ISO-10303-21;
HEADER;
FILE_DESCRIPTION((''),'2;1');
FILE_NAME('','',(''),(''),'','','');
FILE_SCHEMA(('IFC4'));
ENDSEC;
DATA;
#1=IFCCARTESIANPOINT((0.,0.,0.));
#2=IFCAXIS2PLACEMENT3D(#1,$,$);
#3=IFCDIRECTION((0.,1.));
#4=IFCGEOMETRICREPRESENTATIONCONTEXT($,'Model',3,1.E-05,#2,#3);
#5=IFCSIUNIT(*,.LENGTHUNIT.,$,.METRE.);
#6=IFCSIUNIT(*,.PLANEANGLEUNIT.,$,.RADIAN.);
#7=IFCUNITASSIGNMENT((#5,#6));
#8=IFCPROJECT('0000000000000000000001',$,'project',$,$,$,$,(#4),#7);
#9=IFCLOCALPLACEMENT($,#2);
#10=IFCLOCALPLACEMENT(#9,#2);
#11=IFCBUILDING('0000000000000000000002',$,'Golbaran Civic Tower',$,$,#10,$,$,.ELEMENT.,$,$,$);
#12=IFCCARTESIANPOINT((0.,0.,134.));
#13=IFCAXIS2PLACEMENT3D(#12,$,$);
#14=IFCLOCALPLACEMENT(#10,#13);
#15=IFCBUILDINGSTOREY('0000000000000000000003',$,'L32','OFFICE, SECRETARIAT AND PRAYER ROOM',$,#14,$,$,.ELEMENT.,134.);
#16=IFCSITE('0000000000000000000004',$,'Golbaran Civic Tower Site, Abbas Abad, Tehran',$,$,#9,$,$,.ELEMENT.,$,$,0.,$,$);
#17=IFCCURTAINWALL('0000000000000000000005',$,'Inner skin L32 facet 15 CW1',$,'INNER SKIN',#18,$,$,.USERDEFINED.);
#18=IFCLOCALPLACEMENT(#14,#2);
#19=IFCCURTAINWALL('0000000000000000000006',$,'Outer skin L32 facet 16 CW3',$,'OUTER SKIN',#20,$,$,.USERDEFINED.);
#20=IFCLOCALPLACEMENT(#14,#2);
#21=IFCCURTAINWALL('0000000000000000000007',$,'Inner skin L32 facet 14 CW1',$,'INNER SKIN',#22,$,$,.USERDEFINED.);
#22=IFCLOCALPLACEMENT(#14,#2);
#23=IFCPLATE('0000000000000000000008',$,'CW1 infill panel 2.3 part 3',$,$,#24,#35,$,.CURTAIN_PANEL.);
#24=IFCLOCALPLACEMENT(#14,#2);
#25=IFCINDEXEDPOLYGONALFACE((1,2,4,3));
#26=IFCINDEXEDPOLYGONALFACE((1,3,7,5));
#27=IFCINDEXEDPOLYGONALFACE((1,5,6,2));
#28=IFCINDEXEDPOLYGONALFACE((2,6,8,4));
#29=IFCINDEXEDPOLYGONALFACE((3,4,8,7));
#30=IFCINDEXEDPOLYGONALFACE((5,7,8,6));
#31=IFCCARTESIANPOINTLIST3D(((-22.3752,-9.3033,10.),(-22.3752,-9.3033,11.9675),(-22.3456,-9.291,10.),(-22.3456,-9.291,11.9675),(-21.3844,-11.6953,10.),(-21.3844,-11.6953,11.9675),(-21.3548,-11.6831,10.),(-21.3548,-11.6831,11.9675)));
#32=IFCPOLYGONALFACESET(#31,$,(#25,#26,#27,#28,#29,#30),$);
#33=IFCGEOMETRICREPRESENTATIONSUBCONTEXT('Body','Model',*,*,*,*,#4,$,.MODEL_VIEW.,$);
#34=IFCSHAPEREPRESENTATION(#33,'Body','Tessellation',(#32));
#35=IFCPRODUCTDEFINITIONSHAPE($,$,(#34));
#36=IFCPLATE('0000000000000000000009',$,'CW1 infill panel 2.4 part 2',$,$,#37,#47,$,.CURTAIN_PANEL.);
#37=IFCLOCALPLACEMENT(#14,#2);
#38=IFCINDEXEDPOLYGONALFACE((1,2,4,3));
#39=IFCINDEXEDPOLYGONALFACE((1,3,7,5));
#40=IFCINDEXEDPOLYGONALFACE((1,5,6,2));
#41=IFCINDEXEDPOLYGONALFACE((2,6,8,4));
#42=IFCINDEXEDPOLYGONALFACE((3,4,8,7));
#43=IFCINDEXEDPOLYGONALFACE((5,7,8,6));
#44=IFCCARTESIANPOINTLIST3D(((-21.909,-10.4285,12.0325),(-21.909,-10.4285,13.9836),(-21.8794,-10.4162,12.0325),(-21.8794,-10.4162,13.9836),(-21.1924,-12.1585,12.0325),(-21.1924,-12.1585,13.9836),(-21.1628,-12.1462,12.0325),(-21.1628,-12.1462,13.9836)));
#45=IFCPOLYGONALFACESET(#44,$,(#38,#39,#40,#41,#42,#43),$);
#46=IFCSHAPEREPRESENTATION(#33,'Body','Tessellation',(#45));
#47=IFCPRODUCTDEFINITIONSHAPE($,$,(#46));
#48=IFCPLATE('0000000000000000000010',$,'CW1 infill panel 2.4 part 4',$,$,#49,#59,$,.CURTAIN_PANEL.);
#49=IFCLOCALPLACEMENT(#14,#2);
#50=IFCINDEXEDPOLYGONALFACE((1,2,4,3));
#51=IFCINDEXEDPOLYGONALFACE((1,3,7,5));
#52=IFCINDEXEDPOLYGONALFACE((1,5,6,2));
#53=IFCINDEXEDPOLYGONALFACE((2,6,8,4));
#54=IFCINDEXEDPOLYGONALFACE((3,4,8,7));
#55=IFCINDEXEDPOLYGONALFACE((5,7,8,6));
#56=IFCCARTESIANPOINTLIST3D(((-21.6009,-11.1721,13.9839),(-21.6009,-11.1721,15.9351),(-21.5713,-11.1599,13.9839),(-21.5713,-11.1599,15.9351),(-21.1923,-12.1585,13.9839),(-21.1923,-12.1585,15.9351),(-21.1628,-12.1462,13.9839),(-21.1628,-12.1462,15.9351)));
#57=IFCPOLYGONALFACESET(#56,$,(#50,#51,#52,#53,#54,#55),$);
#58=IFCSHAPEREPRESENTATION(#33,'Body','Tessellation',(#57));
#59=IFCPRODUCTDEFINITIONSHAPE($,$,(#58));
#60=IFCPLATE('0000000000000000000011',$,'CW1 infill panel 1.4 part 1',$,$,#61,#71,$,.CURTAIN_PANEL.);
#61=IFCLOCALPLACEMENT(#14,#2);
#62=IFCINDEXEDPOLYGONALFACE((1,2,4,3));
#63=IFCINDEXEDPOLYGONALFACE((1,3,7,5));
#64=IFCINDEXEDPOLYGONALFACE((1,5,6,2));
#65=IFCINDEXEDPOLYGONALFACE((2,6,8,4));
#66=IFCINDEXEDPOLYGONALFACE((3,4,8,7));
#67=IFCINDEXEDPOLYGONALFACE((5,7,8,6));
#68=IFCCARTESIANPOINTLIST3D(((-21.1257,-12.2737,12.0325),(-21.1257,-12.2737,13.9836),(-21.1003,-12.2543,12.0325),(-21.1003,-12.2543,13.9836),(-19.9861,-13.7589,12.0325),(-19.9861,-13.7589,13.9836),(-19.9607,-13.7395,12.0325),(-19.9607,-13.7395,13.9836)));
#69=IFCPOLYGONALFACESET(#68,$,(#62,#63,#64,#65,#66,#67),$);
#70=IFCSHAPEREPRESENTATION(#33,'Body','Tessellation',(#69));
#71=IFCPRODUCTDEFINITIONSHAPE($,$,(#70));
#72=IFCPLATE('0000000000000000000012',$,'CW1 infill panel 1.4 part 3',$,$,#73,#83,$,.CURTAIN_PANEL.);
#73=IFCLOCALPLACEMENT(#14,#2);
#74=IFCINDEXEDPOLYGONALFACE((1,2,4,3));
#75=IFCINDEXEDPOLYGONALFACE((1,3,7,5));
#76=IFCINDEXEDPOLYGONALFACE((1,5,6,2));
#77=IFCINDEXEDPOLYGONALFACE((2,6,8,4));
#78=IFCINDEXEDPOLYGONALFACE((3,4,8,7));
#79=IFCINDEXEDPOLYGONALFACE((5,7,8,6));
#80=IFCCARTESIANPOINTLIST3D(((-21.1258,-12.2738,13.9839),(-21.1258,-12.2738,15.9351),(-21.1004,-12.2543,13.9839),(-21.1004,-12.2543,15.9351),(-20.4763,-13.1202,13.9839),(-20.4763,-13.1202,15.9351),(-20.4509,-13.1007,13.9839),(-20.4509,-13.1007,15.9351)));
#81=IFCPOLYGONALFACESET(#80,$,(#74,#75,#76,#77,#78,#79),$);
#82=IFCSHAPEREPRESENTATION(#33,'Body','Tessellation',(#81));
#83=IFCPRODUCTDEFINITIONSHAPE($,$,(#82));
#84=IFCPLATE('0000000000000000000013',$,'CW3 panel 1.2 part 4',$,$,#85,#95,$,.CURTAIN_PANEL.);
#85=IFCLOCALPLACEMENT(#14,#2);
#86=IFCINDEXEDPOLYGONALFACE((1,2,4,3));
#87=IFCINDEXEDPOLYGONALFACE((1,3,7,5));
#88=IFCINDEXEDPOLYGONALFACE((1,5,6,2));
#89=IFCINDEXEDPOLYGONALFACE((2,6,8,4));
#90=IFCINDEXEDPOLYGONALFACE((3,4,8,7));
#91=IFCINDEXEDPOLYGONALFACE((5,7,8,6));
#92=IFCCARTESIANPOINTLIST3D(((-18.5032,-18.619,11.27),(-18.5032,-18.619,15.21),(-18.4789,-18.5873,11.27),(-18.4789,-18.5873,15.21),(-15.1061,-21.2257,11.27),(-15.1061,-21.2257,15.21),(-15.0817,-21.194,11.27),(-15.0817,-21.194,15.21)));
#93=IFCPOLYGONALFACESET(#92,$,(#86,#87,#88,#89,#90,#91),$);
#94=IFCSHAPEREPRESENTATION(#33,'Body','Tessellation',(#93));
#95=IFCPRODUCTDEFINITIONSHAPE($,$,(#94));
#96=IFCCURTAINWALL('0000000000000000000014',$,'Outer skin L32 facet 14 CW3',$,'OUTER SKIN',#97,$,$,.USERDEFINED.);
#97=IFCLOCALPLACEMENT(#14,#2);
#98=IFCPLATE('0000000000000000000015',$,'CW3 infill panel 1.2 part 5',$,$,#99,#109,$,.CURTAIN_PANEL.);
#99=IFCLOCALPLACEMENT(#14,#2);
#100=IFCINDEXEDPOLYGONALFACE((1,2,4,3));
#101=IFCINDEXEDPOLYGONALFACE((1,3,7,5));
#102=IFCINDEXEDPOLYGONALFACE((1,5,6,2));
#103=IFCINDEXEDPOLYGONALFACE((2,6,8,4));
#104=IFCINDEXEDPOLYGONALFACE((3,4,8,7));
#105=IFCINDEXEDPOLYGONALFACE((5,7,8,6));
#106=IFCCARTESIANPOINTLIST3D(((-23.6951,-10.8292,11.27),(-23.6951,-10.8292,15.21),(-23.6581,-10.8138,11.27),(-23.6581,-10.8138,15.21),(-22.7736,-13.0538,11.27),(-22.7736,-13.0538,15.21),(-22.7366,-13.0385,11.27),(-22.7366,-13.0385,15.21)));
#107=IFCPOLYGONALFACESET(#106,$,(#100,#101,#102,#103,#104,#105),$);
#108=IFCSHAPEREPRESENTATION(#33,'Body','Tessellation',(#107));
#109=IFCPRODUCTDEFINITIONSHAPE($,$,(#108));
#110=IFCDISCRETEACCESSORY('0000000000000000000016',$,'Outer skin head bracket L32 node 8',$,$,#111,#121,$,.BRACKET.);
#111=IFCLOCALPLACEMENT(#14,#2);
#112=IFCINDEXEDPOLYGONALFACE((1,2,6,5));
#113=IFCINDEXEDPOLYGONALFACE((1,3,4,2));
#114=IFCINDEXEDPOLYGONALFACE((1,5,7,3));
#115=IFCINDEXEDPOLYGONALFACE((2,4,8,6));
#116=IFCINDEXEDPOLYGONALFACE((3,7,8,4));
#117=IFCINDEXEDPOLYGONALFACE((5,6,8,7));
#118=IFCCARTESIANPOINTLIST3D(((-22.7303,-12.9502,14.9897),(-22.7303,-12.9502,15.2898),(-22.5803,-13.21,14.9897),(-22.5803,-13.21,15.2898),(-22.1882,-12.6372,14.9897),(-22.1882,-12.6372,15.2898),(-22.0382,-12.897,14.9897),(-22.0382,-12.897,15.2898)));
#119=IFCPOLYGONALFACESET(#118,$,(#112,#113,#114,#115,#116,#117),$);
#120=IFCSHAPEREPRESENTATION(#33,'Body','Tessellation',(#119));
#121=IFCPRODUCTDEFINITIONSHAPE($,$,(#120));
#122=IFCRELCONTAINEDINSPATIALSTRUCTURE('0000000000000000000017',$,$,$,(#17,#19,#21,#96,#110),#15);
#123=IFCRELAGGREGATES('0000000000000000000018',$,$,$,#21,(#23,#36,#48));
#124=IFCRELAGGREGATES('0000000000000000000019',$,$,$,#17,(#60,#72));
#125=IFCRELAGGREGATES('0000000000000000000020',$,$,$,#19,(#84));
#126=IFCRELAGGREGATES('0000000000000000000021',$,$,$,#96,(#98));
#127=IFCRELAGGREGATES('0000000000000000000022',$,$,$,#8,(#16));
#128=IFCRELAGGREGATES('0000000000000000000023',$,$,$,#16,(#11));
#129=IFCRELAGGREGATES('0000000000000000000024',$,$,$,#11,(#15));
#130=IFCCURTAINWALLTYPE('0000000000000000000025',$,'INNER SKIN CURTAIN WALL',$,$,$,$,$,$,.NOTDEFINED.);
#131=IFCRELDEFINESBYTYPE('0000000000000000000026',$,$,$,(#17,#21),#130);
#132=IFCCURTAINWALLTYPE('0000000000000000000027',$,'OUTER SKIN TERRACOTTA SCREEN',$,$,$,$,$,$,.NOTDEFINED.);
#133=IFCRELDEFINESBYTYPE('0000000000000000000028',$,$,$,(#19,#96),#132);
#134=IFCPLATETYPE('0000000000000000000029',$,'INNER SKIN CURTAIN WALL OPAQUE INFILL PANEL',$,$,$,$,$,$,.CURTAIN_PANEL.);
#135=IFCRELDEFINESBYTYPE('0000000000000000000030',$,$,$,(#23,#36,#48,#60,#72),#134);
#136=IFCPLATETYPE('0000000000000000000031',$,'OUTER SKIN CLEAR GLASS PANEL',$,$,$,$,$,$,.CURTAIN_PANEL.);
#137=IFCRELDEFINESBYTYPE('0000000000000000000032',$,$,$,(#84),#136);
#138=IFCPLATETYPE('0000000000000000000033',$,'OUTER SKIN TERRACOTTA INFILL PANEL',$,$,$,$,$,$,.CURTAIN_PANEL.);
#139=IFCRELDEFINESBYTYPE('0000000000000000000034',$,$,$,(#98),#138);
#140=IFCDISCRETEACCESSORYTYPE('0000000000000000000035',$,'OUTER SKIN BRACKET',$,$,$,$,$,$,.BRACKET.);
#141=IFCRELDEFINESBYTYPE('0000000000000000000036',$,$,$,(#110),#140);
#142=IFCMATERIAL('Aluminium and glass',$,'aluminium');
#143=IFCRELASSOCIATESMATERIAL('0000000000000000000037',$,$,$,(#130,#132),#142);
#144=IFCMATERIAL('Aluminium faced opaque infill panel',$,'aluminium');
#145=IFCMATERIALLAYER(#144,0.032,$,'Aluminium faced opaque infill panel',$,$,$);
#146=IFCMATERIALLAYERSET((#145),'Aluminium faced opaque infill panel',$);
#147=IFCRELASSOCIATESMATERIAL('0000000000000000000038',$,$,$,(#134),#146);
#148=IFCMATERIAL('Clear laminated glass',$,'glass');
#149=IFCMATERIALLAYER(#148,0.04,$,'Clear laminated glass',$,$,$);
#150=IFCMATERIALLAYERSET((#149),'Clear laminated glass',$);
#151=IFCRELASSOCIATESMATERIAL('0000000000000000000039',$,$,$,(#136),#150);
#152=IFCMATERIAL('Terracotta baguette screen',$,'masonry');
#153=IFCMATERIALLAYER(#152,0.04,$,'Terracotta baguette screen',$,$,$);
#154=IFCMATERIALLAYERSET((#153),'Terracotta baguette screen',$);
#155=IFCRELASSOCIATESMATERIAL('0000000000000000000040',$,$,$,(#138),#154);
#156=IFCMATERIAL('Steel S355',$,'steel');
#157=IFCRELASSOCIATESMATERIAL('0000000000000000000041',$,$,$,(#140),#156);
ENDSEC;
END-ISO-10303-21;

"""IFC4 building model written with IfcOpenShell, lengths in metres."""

from ifc_helpers import new_model, si_unit, direction, frame, origin, origin_2d, place, context, subcontext, project, spatial, rectangle, extrude, material, layer, layer_set, type_object, element, aggregate, save


model = new_model("IFC4")

# Units and contexts
model_context = context("Model", 3, precision=1e-05, world=origin(), true_north=direction((0.0, 1.0)))
body_context = subcontext(model_context, "Body", "Model", "MODEL_VIEW")
ifc_project = project(units=[si_unit("LENGTHUNIT", "METRE"), si_unit("PLANEANGLEUNIT", "RADIAN")], contexts=[model_context])

# Site, building, storey
site_placement = place(None, origin())
site = spatial("IfcSite", under=ifc_project, at=site_placement, Name="Golbaran Civic Tower Site, Abbas Abad, Tehran", CompositionType="ELEMENT", RefElevation=0.0)
building_placement = place(site_placement, origin())
building = spatial("IfcBuilding", under=site, at=building_placement, Name="Golbaran Civic Tower", CompositionType="ELEMENT")
storey_placement = place(building_placement, frame((0.0, 0.0, 134.0)))
storey = spatial("IfcBuildingStorey", under=building, at=storey_placement, Name="L32", Description="OFFICE, SECRETARIAT AND PRAYER ROOM", CompositionType="ELEMENT", Elevation=134.0)

# Curtain wall
ifc_material_1 = material(Name="Aluminium and glass", Category="aluminium")
curtain_wall_type_1 = type_object("IfcCurtainWallType", Name="INNER SKIN CURTAIN WALL", PredefinedType="NOTDEFINED", material=ifc_material_1)
curtain_wall_1_placement = place(storey_placement, origin())
curtain_wall_1 = element("IfcCurtainWall", 1, at=curtain_wall_1_placement, inside=storey, type_object=curtain_wall_type_1, Name="Inner skin L32 facet 15 CW1", ObjectType="INNER SKIN", PredefinedType="USERDEFINED")

# Curtain wall
curtain_wall_type_2 = type_object("IfcCurtainWallType", Name="OUTER SKIN TERRACOTTA SCREEN", PredefinedType="NOTDEFINED", material=ifc_material_1)
curtain_wall_2_placement = place(storey_placement, origin())
curtain_wall_2 = element("IfcCurtainWall", 2, at=curtain_wall_2_placement, inside=storey, type_object=curtain_wall_type_2, Name="Outer skin L32 facet 16 CW3", ObjectType="OUTER SKIN", PredefinedType="USERDEFINED")

# Curtain wall
curtain_wall_3_placement = place(storey_placement, origin())
curtain_wall_3 = element("IfcCurtainWall", 3, at=curtain_wall_3_placement, inside=storey, type_object=curtain_wall_type_1, Name="Inner skin L32 facet 14 CW1", ObjectType="INNER SKIN", PredefinedType="USERDEFINED")

# Plates
ifc_material_2 = material(Name="Aluminium faced opaque infill panel", Category="aluminium")
ifc_layer_1 = layer(ifc_material_2, 0.032, Name="Aluminium faced opaque infill panel")
ifc_layer_set_1 = layer_set([ifc_layer_1], Name="Aluminium faced opaque infill panel")
plate_type_1 = type_object("IfcPlateType", Name="INNER SKIN CURTAIN WALL OPAQUE INFILL PANEL", PredefinedType="CURTAIN_PANEL", material=ifc_layer_set_1)
plate_1_placement = place(storey_placement, frame((-21.865, -10.4932, 10.0), z_axis=(0.0, 0.0, 1.0), x_axis=(0.382683, -0.92388, 0.0)))
plate_1 = element("IfcPlate", 4, at=plate_1_placement, type_object=plate_type_1, Name="CW1 infill panel 2.3 part 3", PredefinedType="CURTAIN_PANEL", context=body_context, shape_type="SweptSolid", body=[
    extrude(rectangle(XDim=2.5891, YDim=0.032, at=origin_2d()), origin(), (0.0, 0.0, 1.0), 1.9675),
])
plate_2_placement = place(storey_placement, frame((-21.5359, -11.2874, 12.0325), z_axis=(0.0, 0.0, 1.0), x_axis=(0.382683, -0.92388, 0.0)))
plate_2 = element("IfcPlate", 5, at=plate_2_placement, type_object=plate_type_1, Name="CW1 infill panel 2.4 part 2", PredefinedType="CURTAIN_PANEL", context=body_context, shape_type="SweptSolid", body=[
    extrude(rectangle(XDim=1.8726, YDim=0.032, at=origin_2d()), origin(), (0.0, 0.0, 1.0), 1.9512),
])
plate_3_placement = place(storey_placement, frame((-21.3818, -11.6592, 13.9839), z_axis=(0.0, 0.0, 1.0), x_axis=(0.382683, -0.92388, 0.0)))
plate_3 = element("IfcPlate", 6, at=plate_3_placement, type_object=plate_type_1, Name="CW1 infill panel 2.4 part 4", PredefinedType="CURTAIN_PANEL", context=body_context, shape_type="SweptSolid", body=[
    extrude(rectangle(XDim=1.0676, YDim=0.032, at=origin_2d()), origin(), (0.0, 0.0, 1.0), 1.9512),
])
aggregate(curtain_wall_3, [plate_1, plate_2, plate_3])
plate_4_placement = place(storey_placement, frame((-20.5432, -13.0066, 12.0325), z_axis=(0.0, 0.0, 1.0), x_axis=(0.608761, -0.793353, 0.0)))
plate_4 = element("IfcPlate", 7, at=plate_4_placement, type_object=plate_type_1, Name="CW1 infill panel 1.4 part 1", PredefinedType="CURTAIN_PANEL", context=body_context, shape_type="SweptSolid", body=[
    extrude(rectangle(XDim=1.8721, YDim=0.032, at=origin_2d()), origin(), (0.0, 0.0, 1.0), 1.9512),
])
plate_5_placement = place(storey_placement, frame((-20.7883, -12.6873, 13.9839), z_axis=(0.0, 0.0, 1.0), x_axis=(0.608761, -0.793353, 0.0)))
plate_5 = element("IfcPlate", 8, at=plate_5_placement, type_object=plate_type_1, Name="CW1 infill panel 1.4 part 3", PredefinedType="CURTAIN_PANEL", context=body_context, shape_type="SweptSolid", body=[
    extrude(rectangle(XDim=1.0669, YDim=0.032, at=origin_2d()), origin(), (0.0, 0.0, 1.0), 1.9512),
])
aggregate(curtain_wall_1, [plate_4, plate_5])
ifc_material_3 = material(Name="Clear laminated glass", Category="glass")
ifc_layer_2 = layer(ifc_material_3, 0.04, Name="Clear laminated glass")
ifc_layer_set_2 = layer_set([ifc_layer_2], Name="Clear laminated glass")
plate_type_2 = type_object("IfcPlateType", Name="OUTER SKIN CLEAR GLASS PANEL", PredefinedType="CURTAIN_PANEL", material=ifc_layer_set_2)
plate_6_placement = place(storey_placement, frame((-16.7925, -19.9065, 11.27), z_axis=(0.0, 0.0, 1.0), x_axis=(0.793353, -0.608761, 0.0)))
plate_6 = element("IfcPlate", 9, at=plate_6_placement, type_object=plate_type_2, Name="CW3 panel 1.2 part 4", PredefinedType="CURTAIN_PANEL", context=body_context, shape_type="SweptSolid", body=[
    extrude(rectangle(XDim=4.282, YDim=0.04, at=origin_2d()), origin(), (0.0, 0.0, 1.0), 3.9399),
])
aggregate(curtain_wall_2, [plate_6])

# Curtain wall, plate
curtain_wall_4_placement = place(storey_placement, origin())
curtain_wall_4 = element("IfcCurtainWall", 10, at=curtain_wall_4_placement, inside=storey, type_object=curtain_wall_type_2, Name="Outer skin L32 facet 14 CW3", ObjectType="OUTER SKIN", PredefinedType="USERDEFINED")
ifc_material_4 = material(Name="Terracotta baguette screen", Category="masonry")
ifc_layer_3 = layer(ifc_material_4, 0.04, Name="Terracotta baguette screen")
ifc_layer_set_3 = layer_set([ifc_layer_3], Name="Terracotta baguette screen")
plate_type_3 = type_object("IfcPlateType", Name="OUTER SKIN TERRACOTTA INFILL PANEL", PredefinedType="CURTAIN_PANEL", material=ifc_layer_set_3)
plate_7_placement = place(storey_placement, frame((-23.2158, -11.9338, 11.27), z_axis=(0.0, 0.0, 1.0), x_axis=(0.382683, -0.92388, 0.0)))
plate_7 = element("IfcPlate", 11, at=plate_7_placement, type_object=plate_type_3, Name="CW3 infill panel 1.2 part 5", PredefinedType="CURTAIN_PANEL", context=body_context, shape_type="SweptSolid", body=[
    extrude(rectangle(XDim=2.408, YDim=0.04, at=origin_2d()), origin(), (0.0, 0.0, 1.0), 3.9399),
])
aggregate(curtain_wall_4, [plate_7])

# Discrete accessory
ifc_material_5 = material(Name="Steel S355", Category="steel")
discrete_accessory_type = type_object("IfcDiscreteAccessoryType", Name="OUTER SKIN BRACKET", PredefinedType="BRACKET", material=ifc_material_5)
discrete_accessory_placement = place(storey_placement, frame((-22.3843, -12.9236, 14.9897), z_axis=(0.0, 0.0, 1.0), x_axis=(-0.866025, -0.5, 0.0)))
element("IfcDiscreteAccessory", 12, at=discrete_accessory_placement, inside=storey, type_object=discrete_accessory_type, Name="Outer skin head bracket L32 node 8", PredefinedType="BRACKET", context=body_context, shape_type="SweptSolid", body=[
    extrude(rectangle(XDim=0.626, YDim=0.3, at=origin_2d()), origin(), (0.0, 0.0, 1.0), 0.3),
])

save(model, "model.ifc")
